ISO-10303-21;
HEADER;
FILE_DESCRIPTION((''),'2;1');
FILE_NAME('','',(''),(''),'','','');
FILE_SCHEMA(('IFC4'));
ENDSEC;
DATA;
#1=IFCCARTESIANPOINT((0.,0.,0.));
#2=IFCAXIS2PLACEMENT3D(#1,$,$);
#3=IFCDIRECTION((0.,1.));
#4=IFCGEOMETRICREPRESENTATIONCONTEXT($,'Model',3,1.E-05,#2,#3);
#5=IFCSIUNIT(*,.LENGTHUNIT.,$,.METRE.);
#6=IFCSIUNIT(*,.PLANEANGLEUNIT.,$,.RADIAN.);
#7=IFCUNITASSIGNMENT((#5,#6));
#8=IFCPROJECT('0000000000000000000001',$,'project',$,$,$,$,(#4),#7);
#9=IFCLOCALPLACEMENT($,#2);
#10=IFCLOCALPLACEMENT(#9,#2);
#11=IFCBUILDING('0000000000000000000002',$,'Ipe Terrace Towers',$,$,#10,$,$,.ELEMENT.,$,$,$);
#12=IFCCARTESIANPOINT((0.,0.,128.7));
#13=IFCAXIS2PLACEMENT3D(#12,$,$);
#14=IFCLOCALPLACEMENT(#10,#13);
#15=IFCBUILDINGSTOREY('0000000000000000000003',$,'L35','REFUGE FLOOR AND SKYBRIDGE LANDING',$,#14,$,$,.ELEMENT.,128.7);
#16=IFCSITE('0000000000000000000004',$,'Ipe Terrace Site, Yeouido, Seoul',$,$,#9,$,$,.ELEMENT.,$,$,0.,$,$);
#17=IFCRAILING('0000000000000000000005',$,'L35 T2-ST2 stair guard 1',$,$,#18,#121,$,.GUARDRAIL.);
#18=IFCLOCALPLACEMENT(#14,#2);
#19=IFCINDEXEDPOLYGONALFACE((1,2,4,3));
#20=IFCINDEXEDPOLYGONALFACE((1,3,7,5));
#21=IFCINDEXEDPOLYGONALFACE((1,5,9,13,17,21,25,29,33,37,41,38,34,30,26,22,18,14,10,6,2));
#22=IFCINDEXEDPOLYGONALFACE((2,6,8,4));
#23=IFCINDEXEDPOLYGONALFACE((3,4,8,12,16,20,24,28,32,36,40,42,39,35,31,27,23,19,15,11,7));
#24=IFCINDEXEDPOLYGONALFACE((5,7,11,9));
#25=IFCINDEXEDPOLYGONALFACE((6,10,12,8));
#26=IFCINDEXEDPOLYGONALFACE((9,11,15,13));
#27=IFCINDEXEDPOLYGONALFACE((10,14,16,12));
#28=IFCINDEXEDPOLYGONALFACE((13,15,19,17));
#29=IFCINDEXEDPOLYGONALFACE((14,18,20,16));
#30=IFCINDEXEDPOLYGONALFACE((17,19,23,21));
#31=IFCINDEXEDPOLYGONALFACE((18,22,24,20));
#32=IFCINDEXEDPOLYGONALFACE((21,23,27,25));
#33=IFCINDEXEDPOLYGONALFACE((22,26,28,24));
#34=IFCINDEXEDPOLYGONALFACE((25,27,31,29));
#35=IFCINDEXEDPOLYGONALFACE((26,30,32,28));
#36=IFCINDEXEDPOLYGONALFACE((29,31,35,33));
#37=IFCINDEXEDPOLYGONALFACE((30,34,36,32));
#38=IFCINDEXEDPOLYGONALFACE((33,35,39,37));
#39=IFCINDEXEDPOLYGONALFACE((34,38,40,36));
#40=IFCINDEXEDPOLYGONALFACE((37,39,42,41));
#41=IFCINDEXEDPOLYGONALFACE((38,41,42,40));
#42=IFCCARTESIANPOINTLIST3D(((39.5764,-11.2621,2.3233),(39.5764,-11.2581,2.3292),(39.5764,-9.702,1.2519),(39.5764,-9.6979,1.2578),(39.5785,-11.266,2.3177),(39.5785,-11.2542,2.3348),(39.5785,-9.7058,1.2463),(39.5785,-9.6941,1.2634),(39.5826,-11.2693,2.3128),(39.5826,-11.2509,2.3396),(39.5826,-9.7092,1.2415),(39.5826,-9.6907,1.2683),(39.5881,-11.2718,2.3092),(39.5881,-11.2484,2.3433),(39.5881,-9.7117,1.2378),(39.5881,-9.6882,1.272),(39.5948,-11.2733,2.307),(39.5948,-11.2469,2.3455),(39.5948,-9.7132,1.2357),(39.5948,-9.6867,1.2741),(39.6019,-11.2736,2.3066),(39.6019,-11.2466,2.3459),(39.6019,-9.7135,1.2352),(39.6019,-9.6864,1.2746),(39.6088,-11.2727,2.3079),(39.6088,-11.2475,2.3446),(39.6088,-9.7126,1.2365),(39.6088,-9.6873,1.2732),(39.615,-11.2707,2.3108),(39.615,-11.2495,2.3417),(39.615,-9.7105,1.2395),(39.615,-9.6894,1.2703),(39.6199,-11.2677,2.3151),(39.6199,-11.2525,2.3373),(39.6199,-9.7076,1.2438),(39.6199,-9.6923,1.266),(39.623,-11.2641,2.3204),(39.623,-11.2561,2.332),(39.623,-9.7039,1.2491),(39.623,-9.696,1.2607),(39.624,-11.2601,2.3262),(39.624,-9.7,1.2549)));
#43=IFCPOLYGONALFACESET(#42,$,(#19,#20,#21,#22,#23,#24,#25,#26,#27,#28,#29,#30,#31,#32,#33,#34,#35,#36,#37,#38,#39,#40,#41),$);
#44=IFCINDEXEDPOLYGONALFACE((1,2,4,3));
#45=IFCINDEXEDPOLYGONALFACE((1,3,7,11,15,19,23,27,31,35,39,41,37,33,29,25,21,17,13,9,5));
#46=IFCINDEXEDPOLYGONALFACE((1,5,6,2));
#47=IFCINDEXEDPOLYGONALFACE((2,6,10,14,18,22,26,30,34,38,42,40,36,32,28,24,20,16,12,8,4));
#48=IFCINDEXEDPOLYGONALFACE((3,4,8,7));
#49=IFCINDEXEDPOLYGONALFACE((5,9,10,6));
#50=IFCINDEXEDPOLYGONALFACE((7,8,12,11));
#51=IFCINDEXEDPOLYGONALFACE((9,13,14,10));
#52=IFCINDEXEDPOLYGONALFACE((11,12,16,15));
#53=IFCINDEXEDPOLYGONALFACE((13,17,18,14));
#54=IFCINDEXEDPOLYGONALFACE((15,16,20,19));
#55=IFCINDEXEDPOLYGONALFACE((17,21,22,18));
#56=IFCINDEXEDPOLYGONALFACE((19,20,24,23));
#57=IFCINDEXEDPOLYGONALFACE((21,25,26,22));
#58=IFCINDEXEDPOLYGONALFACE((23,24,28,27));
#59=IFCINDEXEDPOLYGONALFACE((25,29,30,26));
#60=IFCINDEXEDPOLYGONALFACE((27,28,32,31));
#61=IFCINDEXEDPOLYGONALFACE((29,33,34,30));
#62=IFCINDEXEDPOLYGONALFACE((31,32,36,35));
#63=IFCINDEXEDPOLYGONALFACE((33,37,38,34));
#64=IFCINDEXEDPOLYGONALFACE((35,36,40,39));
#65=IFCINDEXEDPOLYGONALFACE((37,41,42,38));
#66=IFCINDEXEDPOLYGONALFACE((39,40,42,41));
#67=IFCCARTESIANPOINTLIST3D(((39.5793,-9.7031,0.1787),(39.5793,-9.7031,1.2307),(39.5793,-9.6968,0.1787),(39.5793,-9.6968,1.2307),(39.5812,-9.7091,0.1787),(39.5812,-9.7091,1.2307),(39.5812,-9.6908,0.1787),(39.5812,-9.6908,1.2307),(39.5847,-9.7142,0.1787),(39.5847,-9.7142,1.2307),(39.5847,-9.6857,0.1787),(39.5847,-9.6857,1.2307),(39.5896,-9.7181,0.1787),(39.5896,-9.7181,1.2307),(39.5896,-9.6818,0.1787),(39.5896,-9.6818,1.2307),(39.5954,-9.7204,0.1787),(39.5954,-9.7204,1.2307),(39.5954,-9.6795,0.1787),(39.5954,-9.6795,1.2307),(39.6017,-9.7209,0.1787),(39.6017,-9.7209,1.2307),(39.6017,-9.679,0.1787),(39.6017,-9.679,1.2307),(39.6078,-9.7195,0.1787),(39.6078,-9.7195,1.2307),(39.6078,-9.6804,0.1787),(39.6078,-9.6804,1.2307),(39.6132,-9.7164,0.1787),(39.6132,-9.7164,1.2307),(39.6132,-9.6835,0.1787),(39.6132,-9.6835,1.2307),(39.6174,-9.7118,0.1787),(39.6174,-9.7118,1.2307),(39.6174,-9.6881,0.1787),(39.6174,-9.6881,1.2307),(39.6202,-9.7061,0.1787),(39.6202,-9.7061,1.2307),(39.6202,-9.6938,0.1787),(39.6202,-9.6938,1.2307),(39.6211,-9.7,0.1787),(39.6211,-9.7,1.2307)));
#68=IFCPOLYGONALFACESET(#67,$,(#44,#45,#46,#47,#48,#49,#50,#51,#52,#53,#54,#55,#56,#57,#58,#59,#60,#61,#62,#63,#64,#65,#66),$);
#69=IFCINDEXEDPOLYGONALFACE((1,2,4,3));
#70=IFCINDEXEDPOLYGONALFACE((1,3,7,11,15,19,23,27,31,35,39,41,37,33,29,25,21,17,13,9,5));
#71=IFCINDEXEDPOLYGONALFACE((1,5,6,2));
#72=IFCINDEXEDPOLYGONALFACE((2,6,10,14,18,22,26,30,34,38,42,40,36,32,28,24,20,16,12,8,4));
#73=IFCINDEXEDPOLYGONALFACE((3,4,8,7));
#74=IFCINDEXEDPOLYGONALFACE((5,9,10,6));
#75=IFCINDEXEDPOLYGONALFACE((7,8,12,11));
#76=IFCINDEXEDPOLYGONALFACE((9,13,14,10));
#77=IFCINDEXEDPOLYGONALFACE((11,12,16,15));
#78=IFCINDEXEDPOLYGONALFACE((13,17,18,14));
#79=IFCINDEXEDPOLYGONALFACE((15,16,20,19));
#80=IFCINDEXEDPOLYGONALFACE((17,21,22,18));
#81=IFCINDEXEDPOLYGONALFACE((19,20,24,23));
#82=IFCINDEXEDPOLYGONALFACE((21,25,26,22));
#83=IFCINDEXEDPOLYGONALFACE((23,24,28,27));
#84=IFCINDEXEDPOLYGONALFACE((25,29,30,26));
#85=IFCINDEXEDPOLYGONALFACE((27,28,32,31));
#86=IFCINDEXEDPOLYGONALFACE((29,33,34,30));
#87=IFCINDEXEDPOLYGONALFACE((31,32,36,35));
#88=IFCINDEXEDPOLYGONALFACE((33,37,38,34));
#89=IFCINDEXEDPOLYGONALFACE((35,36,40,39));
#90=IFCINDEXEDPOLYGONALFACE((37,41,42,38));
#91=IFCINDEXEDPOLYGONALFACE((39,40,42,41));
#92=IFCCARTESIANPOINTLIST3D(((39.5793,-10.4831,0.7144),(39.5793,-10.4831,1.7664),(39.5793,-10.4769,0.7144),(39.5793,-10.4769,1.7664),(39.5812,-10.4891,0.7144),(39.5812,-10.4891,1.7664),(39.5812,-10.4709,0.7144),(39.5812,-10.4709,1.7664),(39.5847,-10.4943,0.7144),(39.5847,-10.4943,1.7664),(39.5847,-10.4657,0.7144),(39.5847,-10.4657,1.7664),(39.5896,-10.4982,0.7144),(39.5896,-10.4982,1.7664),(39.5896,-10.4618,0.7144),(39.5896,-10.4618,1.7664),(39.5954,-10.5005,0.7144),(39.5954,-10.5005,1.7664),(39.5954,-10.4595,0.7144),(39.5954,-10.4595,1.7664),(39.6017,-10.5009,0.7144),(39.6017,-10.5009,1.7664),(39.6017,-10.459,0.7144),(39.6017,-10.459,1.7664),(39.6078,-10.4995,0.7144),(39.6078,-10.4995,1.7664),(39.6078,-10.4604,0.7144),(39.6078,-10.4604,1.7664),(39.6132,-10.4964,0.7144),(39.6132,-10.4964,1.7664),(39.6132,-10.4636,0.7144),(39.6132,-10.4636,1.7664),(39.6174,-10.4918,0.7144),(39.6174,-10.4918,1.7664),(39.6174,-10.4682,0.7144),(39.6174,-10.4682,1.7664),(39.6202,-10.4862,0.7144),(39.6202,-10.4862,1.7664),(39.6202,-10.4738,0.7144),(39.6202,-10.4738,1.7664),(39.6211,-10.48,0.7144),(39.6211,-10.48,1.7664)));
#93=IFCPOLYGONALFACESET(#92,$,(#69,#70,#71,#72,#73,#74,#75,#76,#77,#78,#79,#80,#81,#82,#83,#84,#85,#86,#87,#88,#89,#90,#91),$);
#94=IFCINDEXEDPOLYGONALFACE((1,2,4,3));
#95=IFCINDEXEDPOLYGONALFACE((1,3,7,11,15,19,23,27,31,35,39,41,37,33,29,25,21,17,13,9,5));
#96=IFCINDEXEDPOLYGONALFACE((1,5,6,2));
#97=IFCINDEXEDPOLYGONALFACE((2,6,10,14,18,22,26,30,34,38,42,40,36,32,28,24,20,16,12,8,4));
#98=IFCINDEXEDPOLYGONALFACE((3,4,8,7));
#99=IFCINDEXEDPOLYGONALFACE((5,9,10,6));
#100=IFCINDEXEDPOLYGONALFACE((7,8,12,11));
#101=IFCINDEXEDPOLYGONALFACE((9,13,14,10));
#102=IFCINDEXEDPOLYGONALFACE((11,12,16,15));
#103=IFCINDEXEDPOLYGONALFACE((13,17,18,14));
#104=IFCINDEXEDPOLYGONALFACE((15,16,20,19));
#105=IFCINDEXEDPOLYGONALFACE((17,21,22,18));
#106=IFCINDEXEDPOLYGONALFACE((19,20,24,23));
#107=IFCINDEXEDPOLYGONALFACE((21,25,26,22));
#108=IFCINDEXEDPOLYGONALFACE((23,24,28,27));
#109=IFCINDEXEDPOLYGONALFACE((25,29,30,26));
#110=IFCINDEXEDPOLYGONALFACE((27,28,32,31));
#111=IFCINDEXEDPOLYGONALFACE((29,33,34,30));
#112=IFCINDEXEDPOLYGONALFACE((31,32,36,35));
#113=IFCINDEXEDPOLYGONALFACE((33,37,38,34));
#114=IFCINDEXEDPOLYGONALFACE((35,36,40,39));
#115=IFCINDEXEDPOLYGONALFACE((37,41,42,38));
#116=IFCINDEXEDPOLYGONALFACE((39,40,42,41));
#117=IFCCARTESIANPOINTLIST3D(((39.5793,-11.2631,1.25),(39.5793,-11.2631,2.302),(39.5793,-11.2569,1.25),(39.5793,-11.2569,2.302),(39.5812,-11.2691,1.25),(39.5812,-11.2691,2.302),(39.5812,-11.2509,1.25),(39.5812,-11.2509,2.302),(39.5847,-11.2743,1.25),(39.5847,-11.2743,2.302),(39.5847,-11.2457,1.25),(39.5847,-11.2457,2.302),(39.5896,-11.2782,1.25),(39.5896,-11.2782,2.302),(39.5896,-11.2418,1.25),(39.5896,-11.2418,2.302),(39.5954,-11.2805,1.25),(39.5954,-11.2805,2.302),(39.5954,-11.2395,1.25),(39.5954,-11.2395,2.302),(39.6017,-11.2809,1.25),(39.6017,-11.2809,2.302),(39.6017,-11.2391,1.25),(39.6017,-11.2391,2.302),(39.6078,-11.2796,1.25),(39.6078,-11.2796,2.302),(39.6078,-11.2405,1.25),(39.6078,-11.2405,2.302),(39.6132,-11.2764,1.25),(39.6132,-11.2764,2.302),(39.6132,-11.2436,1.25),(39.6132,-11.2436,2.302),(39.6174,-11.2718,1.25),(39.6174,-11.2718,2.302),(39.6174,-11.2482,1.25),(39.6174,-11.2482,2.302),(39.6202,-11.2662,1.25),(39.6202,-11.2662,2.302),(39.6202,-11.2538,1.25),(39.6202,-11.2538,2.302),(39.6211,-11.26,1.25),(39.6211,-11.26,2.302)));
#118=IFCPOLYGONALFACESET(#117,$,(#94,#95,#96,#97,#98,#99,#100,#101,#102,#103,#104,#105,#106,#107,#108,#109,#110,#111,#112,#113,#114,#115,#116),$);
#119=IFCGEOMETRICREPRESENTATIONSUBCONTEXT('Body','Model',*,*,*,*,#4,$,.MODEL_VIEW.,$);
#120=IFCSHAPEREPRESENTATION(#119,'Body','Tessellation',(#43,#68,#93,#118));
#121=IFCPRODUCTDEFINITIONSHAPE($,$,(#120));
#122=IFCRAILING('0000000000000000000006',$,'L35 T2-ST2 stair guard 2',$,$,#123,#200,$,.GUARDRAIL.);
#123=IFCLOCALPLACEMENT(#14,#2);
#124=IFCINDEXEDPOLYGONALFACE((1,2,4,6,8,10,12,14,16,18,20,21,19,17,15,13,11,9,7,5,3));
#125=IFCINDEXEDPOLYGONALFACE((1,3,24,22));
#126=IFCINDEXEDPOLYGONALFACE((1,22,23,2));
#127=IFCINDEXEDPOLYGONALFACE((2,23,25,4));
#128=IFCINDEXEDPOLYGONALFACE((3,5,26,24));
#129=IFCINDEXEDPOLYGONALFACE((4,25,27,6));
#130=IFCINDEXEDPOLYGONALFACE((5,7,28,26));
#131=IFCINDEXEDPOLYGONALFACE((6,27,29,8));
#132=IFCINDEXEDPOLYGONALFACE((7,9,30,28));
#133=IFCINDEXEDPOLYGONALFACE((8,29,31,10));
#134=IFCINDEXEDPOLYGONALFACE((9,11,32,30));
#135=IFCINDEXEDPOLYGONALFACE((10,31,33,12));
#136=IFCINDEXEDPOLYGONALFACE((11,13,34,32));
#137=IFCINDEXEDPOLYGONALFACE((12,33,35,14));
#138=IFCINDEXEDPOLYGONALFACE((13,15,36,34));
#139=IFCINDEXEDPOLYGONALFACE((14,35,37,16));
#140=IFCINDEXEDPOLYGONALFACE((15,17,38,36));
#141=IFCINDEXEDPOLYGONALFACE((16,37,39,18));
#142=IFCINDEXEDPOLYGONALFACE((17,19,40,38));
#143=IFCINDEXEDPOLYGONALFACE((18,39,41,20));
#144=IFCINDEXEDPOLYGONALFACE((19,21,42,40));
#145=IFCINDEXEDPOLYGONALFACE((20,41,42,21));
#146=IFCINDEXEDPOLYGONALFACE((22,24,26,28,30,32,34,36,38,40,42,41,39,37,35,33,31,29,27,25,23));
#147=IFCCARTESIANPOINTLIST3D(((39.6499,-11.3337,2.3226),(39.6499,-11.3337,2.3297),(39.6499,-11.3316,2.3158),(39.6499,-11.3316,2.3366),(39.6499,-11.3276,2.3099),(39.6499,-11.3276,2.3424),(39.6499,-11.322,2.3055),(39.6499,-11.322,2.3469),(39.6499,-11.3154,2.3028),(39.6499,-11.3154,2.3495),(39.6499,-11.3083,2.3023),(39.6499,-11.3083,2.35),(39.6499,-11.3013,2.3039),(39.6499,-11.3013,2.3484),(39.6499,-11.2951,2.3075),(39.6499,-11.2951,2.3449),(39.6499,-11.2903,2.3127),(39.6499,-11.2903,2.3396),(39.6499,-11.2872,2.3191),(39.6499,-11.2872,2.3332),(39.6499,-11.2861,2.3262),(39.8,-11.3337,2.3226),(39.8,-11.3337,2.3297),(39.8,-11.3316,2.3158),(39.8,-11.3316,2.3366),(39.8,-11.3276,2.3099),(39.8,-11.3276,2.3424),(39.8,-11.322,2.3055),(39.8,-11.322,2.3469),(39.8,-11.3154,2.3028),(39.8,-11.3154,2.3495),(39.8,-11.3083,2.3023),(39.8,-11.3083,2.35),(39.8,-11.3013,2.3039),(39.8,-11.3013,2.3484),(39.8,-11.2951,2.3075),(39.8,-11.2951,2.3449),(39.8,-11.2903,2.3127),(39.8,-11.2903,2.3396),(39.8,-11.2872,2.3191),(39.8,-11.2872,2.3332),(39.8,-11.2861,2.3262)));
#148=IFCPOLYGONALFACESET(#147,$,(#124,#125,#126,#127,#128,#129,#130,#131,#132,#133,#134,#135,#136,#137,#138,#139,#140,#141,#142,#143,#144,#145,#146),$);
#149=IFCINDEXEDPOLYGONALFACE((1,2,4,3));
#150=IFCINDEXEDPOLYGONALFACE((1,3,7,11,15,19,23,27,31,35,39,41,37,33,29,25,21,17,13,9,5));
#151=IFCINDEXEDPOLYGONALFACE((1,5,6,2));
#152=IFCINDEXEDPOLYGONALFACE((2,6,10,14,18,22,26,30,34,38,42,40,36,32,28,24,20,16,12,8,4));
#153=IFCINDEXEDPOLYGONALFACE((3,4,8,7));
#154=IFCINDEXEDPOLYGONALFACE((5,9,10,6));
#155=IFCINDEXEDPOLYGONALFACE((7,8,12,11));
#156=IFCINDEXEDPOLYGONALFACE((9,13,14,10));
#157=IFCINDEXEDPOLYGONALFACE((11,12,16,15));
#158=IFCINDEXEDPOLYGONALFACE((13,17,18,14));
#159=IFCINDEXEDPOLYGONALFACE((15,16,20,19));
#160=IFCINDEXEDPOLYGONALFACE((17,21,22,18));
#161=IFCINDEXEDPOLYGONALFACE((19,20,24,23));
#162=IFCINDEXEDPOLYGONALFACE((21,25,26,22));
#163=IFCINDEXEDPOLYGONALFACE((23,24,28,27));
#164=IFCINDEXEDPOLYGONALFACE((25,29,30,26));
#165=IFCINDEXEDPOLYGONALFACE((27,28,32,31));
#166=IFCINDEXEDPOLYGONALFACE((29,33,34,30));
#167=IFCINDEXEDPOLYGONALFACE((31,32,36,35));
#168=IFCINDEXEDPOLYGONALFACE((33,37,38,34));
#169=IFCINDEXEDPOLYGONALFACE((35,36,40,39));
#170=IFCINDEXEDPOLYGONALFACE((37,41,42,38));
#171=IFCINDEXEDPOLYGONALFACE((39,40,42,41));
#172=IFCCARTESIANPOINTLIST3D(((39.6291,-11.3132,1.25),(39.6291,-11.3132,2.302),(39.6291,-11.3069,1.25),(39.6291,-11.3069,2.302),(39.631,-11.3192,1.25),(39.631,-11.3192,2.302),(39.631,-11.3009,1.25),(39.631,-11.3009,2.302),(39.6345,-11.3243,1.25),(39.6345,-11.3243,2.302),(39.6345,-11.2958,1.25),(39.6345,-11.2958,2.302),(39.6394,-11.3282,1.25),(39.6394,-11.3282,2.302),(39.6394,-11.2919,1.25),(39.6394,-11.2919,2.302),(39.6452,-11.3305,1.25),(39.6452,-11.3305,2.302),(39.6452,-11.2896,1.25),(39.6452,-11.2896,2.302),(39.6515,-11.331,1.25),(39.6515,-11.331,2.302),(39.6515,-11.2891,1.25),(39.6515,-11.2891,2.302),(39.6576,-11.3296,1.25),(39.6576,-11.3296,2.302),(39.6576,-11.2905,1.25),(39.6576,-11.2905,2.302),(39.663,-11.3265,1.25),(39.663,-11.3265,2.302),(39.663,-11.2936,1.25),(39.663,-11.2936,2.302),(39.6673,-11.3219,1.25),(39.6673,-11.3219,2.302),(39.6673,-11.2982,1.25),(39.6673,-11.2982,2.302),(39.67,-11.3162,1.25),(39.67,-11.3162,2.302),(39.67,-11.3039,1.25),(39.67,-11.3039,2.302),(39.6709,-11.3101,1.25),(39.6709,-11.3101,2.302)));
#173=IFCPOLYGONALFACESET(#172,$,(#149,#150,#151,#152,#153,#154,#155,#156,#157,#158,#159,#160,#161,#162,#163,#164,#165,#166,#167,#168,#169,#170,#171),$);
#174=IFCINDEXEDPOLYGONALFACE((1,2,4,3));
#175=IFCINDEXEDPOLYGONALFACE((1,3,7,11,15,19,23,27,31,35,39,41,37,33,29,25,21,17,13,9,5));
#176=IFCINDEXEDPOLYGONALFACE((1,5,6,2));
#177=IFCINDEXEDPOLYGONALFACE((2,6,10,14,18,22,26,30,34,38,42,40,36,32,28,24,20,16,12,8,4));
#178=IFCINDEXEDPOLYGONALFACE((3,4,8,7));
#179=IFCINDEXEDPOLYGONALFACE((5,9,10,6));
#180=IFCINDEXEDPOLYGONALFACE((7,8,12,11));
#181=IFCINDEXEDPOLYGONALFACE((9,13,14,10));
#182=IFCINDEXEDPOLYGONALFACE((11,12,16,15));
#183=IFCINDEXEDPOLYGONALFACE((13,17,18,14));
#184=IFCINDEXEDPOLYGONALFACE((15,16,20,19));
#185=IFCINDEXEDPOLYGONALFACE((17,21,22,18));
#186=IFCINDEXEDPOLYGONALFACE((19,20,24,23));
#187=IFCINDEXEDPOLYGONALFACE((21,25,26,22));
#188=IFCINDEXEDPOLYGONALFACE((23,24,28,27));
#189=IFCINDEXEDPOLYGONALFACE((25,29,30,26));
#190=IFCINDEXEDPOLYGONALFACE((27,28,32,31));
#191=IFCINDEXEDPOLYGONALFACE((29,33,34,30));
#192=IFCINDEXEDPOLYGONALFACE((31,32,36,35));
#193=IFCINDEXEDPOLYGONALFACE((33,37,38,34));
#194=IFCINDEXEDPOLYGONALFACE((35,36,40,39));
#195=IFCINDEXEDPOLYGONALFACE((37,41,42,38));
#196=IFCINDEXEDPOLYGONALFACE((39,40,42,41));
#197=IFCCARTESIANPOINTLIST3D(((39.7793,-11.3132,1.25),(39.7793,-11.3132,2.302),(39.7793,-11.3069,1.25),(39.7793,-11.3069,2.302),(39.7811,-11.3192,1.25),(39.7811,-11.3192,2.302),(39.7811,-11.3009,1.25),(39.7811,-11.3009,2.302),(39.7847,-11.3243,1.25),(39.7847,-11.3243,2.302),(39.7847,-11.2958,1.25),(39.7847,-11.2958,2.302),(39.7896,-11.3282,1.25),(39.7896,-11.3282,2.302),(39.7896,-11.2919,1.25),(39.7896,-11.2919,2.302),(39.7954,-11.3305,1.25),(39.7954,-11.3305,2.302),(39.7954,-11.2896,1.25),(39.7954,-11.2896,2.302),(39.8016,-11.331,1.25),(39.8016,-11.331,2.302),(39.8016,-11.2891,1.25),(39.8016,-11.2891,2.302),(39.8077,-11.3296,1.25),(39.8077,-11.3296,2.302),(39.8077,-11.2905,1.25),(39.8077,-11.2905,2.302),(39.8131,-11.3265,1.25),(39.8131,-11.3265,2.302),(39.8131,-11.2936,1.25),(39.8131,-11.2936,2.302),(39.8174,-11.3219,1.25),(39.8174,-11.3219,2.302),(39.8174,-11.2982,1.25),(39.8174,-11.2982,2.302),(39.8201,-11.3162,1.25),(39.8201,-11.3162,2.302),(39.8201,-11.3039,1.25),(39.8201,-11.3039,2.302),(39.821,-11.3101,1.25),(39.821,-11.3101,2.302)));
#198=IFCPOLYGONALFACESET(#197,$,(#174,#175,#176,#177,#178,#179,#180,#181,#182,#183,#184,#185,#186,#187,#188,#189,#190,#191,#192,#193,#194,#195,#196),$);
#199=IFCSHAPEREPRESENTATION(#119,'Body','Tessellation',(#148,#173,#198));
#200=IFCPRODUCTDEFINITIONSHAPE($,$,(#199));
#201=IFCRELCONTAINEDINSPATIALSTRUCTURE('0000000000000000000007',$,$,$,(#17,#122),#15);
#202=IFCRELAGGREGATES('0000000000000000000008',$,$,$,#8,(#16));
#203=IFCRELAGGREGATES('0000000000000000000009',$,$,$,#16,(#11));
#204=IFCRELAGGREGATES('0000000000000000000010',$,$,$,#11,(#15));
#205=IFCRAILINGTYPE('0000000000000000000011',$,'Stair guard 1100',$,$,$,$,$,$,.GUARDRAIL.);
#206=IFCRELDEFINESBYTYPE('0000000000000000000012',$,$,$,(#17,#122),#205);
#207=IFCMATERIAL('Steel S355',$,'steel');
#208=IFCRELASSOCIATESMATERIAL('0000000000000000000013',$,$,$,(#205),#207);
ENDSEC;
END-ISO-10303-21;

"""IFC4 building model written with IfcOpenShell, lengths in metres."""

from ifc_helpers import new_model, si_unit, direction, frame, origin, origin_2d, place, context, subcontext, project, spatial, circle, extrude, material, type_object, element, save


model = new_model("IFC4")

# Units and contexts
model_context = context("Model", 3, precision=1e-05, world=origin(), true_north=direction((0.0, 1.0)))
body_context = subcontext(model_context, "Body", "Model", "MODEL_VIEW")
ifc_project = project(units=[si_unit("LENGTHUNIT", "METRE"), si_unit("PLANEANGLEUNIT", "RADIAN")], contexts=[model_context])

# Site, building, storey
site_placement = place(None, origin())
site = spatial("IfcSite", under=ifc_project, at=site_placement, Name="Ipe Terrace Site, Yeouido, Seoul", CompositionType="ELEMENT", RefElevation=0.0)
building_placement = place(site_placement, origin())
building = spatial("IfcBuilding", under=site, at=building_placement, Name="Ipe Terrace Towers", CompositionType="ELEMENT")
storey_placement = place(building_placement, frame((0.0, 0.0, 128.7)))
storey = spatial("IfcBuildingStorey", under=building, at=storey_placement, Name="L35", Description="REFUGE FLOOR AND SKYBRIDGE LANDING", CompositionType="ELEMENT", Elevation=128.7)

# Railings
ifc_material_1 = material(Name="Steel S355", Category="steel")
railing_type_1 = type_object("IfcRailingType", Name="Stair guard 1100", PredefinedType="GUARDRAIL", material=ifc_material_1)
railing_1_placement = place(storey_placement, frame((39.6001, -9.7, 0.1787)))
element("IfcRailing", 1, at=railing_1_placement, inside=storey, type_object=railing_type_1, Name="L35 T2-ST2 stair guard 1", PredefinedType="GUARDRAIL", context=body_context, shape_type="SweptSolid", body=[
    extrude(circle(Radius=0.0239, at=origin_2d()), frame((0.0, 0.0, 1.0762), z_axis=(0.0, -0.82435, 0.56608), x_axis=(1.0, 0.0, 0.0)), (0.0, 0.0, 1.0), 1.8926),
    extrude(circle(Radius=0.021, at=origin_2d()), origin(), (0.0, 0.0, 1.0), 1.052),
    extrude(circle(Radius=0.021, at=origin_2d()), frame((0.0, -0.78, 0.5356)), (0.0, 0.0, 1.0), 1.052),
    extrude(circle(Radius=0.021, at=origin_2d()), frame((0.0, -1.5601, 1.0713)), (0.0, 0.0, 1.0), 1.052),
])
railing_2_placement = place(storey_placement, frame((39.6499, -11.3101, 1.25)))
element("IfcRailing", 2, at=railing_2_placement, inside=storey, type_object=railing_type_1, Name="L35 T2-ST2 stair guard 2", PredefinedType="GUARDRAIL", context=body_context, shape_type="SweptSolid", body=[
    extrude(circle(Radius=0.0239, at=origin_2d()), frame((0.0, 0.0, 1.0762), z_axis=(1.0, 0.0, 0.0), x_axis=(0.0, 1.0, 0.0)), (0.0, 0.0, 1.0), 0.1501),
    extrude(circle(Radius=0.021, at=origin_2d()), origin(), (0.0, 0.0, 1.0), 1.052),
    extrude(circle(Radius=0.021, at=origin_2d()), frame((0.1501, 0.0, 0.0)), (0.0, 0.0, 1.0), 1.052),
])

save(model, "model.ifc")
